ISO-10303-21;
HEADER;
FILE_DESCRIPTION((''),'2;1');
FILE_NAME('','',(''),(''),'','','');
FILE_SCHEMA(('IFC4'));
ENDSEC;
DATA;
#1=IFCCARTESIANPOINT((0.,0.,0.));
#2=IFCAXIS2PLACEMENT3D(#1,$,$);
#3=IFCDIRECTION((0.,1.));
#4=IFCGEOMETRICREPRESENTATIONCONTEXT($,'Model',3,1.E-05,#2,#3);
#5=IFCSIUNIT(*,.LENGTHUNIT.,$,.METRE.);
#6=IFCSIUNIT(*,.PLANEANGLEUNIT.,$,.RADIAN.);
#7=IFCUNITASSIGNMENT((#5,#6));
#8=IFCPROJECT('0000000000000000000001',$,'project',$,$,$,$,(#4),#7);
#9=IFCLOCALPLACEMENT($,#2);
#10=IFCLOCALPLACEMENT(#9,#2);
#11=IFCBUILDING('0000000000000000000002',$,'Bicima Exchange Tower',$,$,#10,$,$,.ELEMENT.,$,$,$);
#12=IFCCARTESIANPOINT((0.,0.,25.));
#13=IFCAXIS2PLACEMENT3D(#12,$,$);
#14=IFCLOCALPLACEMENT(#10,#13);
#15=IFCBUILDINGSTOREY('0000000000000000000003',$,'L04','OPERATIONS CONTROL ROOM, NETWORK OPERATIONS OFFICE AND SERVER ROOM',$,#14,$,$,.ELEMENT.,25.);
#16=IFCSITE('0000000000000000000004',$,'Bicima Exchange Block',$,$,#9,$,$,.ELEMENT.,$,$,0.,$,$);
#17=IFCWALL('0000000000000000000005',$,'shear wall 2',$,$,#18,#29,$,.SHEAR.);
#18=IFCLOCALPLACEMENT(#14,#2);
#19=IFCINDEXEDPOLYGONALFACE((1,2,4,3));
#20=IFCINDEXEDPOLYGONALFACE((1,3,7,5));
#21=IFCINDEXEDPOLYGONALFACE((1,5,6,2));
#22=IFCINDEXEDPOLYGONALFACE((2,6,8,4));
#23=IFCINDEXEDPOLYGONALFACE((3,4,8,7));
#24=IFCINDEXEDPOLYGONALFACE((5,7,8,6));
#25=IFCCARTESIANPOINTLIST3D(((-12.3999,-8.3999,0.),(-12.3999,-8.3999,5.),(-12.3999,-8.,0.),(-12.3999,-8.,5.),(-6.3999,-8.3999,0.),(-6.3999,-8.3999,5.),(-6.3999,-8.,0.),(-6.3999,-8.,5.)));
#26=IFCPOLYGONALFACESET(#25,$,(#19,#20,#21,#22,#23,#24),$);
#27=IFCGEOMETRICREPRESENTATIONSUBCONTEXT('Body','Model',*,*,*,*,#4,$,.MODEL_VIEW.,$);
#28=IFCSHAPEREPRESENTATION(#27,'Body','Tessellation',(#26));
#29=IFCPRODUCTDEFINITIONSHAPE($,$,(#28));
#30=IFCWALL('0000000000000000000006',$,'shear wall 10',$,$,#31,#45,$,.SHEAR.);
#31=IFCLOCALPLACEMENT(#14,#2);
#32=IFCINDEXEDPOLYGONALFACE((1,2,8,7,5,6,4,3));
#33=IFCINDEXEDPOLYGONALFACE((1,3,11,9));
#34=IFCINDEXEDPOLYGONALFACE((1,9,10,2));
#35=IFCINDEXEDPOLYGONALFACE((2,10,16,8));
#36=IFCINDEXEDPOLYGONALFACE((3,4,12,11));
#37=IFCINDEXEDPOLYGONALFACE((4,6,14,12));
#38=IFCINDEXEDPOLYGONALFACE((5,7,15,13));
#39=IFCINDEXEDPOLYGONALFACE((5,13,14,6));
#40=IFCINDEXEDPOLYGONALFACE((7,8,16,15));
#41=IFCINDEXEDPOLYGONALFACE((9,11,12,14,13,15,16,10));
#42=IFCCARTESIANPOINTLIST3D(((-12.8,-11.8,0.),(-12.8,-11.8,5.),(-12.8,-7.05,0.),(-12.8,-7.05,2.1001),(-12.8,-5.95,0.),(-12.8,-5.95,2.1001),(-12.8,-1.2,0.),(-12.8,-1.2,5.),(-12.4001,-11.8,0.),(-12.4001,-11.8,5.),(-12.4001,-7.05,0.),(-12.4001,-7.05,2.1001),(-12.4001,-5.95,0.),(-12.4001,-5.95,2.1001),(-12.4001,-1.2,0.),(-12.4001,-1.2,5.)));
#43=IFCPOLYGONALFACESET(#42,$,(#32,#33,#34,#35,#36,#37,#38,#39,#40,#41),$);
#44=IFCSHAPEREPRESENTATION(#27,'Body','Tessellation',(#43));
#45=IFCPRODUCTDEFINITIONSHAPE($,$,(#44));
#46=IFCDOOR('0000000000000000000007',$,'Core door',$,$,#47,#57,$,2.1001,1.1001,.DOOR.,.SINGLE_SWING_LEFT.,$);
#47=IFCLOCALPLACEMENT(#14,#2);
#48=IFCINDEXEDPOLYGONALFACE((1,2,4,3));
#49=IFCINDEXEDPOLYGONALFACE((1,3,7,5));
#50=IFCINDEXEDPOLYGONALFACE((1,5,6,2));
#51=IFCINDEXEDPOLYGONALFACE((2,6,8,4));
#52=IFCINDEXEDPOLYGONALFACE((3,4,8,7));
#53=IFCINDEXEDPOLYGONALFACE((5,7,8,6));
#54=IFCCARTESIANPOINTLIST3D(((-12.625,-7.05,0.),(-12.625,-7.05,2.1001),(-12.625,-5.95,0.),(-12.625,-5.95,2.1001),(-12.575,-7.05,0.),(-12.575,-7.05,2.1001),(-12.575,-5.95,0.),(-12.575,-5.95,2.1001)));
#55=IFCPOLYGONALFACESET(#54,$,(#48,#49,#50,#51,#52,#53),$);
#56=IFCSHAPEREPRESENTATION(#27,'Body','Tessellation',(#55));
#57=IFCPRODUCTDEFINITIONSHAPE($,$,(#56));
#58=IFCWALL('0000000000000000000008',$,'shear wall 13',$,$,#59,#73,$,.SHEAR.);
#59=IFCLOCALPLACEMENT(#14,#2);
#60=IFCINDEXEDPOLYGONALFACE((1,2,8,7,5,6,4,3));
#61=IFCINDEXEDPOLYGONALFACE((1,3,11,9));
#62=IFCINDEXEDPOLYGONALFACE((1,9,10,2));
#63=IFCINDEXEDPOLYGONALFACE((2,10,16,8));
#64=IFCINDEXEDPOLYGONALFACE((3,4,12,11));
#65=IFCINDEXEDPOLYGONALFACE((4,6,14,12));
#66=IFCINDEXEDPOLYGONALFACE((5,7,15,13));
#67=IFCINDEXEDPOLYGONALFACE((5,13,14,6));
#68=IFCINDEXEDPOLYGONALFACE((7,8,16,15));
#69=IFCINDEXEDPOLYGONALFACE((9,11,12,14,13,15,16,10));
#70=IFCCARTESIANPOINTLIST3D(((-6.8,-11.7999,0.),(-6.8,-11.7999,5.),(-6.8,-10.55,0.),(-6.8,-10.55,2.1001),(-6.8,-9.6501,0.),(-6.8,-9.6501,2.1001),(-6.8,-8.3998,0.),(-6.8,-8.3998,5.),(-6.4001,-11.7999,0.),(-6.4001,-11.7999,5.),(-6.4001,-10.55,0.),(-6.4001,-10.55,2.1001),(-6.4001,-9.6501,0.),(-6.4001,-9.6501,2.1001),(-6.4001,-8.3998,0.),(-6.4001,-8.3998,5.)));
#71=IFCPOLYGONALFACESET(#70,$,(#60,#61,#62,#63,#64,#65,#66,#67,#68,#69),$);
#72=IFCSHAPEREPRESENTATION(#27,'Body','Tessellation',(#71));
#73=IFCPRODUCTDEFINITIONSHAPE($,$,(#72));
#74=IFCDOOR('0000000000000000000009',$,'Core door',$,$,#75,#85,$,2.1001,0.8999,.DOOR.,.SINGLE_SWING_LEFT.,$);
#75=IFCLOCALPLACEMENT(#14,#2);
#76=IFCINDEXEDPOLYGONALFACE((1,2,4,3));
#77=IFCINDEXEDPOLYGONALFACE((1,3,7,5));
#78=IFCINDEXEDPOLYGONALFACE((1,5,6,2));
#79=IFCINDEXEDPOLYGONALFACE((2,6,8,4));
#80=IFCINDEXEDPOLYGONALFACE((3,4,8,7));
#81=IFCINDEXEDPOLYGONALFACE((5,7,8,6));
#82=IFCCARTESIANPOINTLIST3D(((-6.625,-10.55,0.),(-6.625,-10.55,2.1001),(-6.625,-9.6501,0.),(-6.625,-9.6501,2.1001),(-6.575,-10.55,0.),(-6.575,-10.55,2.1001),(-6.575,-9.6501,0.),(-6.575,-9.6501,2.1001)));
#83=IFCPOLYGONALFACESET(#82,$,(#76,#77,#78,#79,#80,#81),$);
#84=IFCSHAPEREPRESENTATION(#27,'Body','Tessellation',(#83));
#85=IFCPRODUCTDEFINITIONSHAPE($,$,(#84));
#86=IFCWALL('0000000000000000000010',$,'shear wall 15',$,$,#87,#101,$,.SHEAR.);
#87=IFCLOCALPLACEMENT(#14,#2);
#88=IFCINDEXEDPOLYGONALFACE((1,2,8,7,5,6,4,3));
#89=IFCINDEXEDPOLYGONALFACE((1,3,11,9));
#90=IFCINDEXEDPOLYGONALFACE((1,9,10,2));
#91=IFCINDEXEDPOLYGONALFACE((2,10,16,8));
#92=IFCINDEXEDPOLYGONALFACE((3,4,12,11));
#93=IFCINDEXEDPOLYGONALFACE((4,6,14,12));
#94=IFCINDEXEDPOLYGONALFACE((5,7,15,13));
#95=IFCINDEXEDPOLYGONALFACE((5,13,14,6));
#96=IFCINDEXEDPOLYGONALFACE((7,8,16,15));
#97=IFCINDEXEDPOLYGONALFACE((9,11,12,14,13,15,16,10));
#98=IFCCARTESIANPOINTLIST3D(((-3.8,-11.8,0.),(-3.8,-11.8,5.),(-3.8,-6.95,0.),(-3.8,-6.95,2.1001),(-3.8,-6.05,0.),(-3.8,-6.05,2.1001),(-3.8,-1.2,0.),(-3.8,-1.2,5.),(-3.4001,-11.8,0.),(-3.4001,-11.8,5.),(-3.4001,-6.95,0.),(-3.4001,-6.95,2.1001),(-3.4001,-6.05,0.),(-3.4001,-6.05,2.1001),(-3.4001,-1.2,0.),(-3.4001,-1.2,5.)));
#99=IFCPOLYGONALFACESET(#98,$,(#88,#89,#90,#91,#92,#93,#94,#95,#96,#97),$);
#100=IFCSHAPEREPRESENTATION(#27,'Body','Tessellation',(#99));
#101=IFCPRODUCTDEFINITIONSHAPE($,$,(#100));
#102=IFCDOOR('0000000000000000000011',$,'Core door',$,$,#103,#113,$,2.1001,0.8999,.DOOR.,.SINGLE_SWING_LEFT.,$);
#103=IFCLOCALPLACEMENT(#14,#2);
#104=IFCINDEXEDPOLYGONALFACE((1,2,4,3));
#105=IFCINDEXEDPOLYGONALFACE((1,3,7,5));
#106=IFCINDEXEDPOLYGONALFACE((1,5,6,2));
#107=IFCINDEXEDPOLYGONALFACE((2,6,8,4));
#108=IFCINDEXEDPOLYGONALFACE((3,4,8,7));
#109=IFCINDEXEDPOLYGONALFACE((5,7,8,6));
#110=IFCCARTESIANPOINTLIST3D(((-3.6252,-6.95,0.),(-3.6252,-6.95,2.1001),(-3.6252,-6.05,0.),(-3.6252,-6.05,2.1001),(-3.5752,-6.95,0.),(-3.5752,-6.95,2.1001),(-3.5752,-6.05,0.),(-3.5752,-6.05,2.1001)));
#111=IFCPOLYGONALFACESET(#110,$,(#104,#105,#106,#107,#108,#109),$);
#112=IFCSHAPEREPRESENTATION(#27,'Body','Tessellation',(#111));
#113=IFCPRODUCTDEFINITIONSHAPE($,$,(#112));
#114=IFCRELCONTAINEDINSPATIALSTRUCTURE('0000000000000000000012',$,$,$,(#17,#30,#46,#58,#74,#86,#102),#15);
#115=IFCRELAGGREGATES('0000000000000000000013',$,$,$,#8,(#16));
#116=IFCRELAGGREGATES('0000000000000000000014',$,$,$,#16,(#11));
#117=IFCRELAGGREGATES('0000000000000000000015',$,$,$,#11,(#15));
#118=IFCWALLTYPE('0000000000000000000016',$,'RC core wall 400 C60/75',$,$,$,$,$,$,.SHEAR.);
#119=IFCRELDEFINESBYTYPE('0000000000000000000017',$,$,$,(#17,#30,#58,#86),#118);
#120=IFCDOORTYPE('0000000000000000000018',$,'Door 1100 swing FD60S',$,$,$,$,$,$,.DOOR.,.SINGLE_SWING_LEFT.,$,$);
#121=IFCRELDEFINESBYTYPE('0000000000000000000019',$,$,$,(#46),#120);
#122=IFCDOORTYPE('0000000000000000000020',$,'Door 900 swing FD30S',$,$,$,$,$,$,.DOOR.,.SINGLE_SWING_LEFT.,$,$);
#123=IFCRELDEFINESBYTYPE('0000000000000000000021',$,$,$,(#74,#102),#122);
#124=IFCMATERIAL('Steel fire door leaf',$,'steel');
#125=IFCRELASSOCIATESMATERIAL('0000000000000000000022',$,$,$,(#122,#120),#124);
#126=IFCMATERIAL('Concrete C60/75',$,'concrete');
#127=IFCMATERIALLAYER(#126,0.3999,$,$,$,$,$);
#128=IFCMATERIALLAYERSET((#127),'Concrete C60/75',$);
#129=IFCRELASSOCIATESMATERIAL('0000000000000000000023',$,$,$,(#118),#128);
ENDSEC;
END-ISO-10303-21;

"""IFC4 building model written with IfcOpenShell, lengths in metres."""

from ifc_helpers import new_model, si_unit, direction, frame, frame_2d, origin, place, context, subcontext, project, spatial, rectangle, extrude, material, layer, layer_set, type_object, element, fill, save


model = new_model("IFC4")

# Units and contexts
model_context = context("Model", 3, precision=1e-05, world=origin(), true_north=direction((0.0, 1.0)))
body_context = subcontext(model_context, "Body", "Model", "MODEL_VIEW")
ifc_project = project(units=[si_unit("LENGTHUNIT", "METRE"), si_unit("PLANEANGLEUNIT", "RADIAN")], contexts=[model_context])

# Site, building, storey
site_placement = place(None, origin())
site = spatial("IfcSite", under=ifc_project, at=site_placement, Name="Bicima Exchange Block", CompositionType="ELEMENT", RefElevation=0.0)
building_placement = place(site_placement, origin())
building = spatial("IfcBuilding", under=site, at=building_placement, Name="Bicima Exchange Tower", CompositionType="ELEMENT")
storey_placement = place(building_placement, frame((0.0, 0.0, 25.0)))
storey = spatial("IfcBuildingStorey", under=building, at=storey_placement, Name="L04", Description="OPERATIONS CONTROL ROOM, NETWORK OPERATIONS OFFICE AND SERVER ROOM", CompositionType="ELEMENT", Elevation=25.0)

# Shared definitions
ifc_material_1 = material(Name="Steel fire door leaf", Category="steel")
door_type_1 = type_object("IfcDoorType", Name="Door 900 swing FD30S", OperationType="SINGLE_SWING_LEFT", PredefinedType="DOOR", material=ifc_material_1)

# Wall
ifc_material_2 = material(Name="Concrete C60/75", Category="concrete")
ifc_layer_1 = layer(ifc_material_2, 0.3999)
ifc_layer_set_1 = layer_set([ifc_layer_1], Name="Concrete C60/75")
wall_type_1 = type_object("IfcWallType", Name="RC core wall 400 C60/75", PredefinedType="SHEAR", material=ifc_layer_set_1)
wall_1_placement = place(storey_placement, frame((-12.3999, -8.2, 0.0), z_axis=(0.0, 0.0, 1.0), x_axis=(1.0, 0.0, 0.0)))
element("IfcWall", 1, at=wall_1_placement, inside=storey, type_object=wall_type_1, Name="shear wall 2", PredefinedType="SHEAR", context=body_context, shape_type="SweptSolid", body=[
    extrude(rectangle(XDim=6.0, YDim=0.3999, at=frame_2d((3.0, 0.0))), origin(), (0.0, 0.0, 1.0), 5.0),
])

# Walls, openings, doors
wall_2_placement = place(storey_placement, frame((-12.6001, -11.8, 0.0), z_axis=(0.0, 0.0, 1.0), x_axis=(0.0, 1.0, 0.0)))
wall_2 = element("IfcWall", 2, at=wall_2_placement, inside=storey, type_object=wall_type_1, Name="shear wall 10", PredefinedType="SHEAR", context=body_context, shape_type="SweptSolid", body=[
    extrude(rectangle(XDim=10.6001, YDim=0.3999, at=frame_2d((5.3, 0.0))), origin(), (0.0, 0.0, 1.0), 5.0),
])
opening_1_placement = place(wall_2_placement, frame((4.75, 0.0, 0.0)))
opening_1 = element("IfcOpeningElement", 3, at=opening_1_placement, cuts=wall_2, PredefinedType="OPENING", context=body_context, shape_type="SweptSolid", body=[
    extrude(rectangle(XDim=1.1001, YDim=2.1001, at=frame_2d((0.55, 1.05))), frame((0.0, 0.2119, 0.0), z_axis=(0.0, -1.0, 0.0), x_axis=(1.0, 0.0, 0.0)), (0.0, 0.0, 1.0), 0.4238),
])
door_type_2 = type_object("IfcDoorType", Name="Door 1100 swing FD60S", OperationType="SINGLE_SWING_LEFT", PredefinedType="DOOR", material=ifc_material_1)
door_1_placement = place(opening_1_placement, origin())
door_1 = element("IfcDoor", 4, at=door_1_placement, inside=storey, type_object=door_type_2, Name="Core door", OperationType="SINGLE_SWING_LEFT", OverallHeight=2.1001, OverallWidth=1.1001, PredefinedType="DOOR", context=body_context, shape_type="SweptSolid", body=[
    extrude(rectangle(XDim=1.1001, YDim=2.1001, at=frame_2d((0.55, 1.05))), frame((0.0, 0.0249, 0.0), z_axis=(0.0, -1.0, 0.0), x_axis=(1.0, 0.0, 0.0)), (0.0, 0.0, 1.0), 0.05),
])
fill(opening_1, door_1)
wall_3_placement = place(storey_placement, frame((-6.6001, -11.8, 0.0), z_axis=(0.0, 0.0, 1.0), x_axis=(0.0, 1.0, 0.0)))
wall_3 = element("IfcWall", 5, at=wall_3_placement, inside=storey, type_object=wall_type_1, Name="shear wall 13", PredefinedType="SHEAR", context=body_context, shape_type="SweptSolid", body=[
    extrude(rectangle(XDim=3.4001, YDim=0.3999, at=frame_2d((1.7002, 0.0))), origin(), (0.0, 0.0, 1.0), 5.0),
])
opening_2_placement = place(wall_3_placement, frame((1.25, 0.0, 0.0)))
opening_2 = element("IfcOpeningElement", 6, at=opening_2_placement, cuts=wall_3, PredefinedType="OPENING", context=body_context, shape_type="SweptSolid", body=[
    extrude(rectangle(XDim=0.8999, YDim=2.1001, at=frame_2d((0.45, 1.05))), frame((0.0, 0.2119, 0.0), z_axis=(0.0, -1.0, 0.0), x_axis=(1.0, 0.0, 0.0)), (0.0, 0.0, 1.0), 0.4238),
])
door_2_placement = place(opening_2_placement, origin())
door_2 = element("IfcDoor", 7, at=door_2_placement, inside=storey, type_object=door_type_1, Name="Core door", OperationType="SINGLE_SWING_LEFT", OverallHeight=2.1001, OverallWidth=0.8999, PredefinedType="DOOR", context=body_context, shape_type="SweptSolid", body=[
    extrude(rectangle(XDim=0.8999, YDim=2.1001, at=frame_2d((0.45, 1.05))), frame((0.0, 0.0249, 0.0), z_axis=(0.0, -1.0, 0.0), x_axis=(1.0, 0.0, 0.0)), (0.0, 0.0, 1.0), 0.05),
])
fill(opening_2, door_2)
wall_4_placement = place(storey_placement, frame((-3.6001, -11.8, 0.0), z_axis=(0.0, 0.0, 1.0), x_axis=(0.0, 1.0, 0.0)))
wall_4 = element("IfcWall", 8, at=wall_4_placement, inside=storey, type_object=wall_type_1, Name="shear wall 15", PredefinedType="SHEAR", context=body_context, shape_type="SweptSolid", body=[
    extrude(rectangle(XDim=10.6001, YDim=0.3999, at=frame_2d((5.3, 0.0))), origin(), (0.0, 0.0, 1.0), 5.0),
])
opening_3_placement = place(wall_4_placement, frame((4.8501, 0.0, 0.0)))
opening_3 = element("IfcOpeningElement", 9, at=opening_3_placement, cuts=wall_4, PredefinedType="OPENING", context=body_context, shape_type="SweptSolid", body=[
    extrude(rectangle(XDim=0.8999, YDim=2.1001, at=frame_2d((0.45, 1.05))), frame((0.0, 0.2119, 0.0), z_axis=(0.0, -1.0, 0.0), x_axis=(1.0, 0.0, 0.0)), (0.0, 0.0, 1.0), 0.4238),
])
door_3_placement = place(opening_3_placement, frame((0.8999, 0.0, 0.0), z_axis=(0.0, 0.0, 1.0), x_axis=(-1.0, 0.0, 0.0)))
door_3 = element("IfcDoor", 10, at=door_3_placement, inside=storey, type_object=door_type_1, Name="Core door", OperationType="SINGLE_SWING_LEFT", OverallHeight=2.1001, OverallWidth=0.8999, PredefinedType="DOOR", context=body_context, shape_type="SweptSolid", body=[
    extrude(rectangle(XDim=0.8999, YDim=2.1001, at=frame_2d((0.45, 1.05))), frame((0.0, 0.0249, 0.0), z_axis=(0.0, -1.0, 0.0), x_axis=(1.0, 0.0, 0.0)), (0.0, 0.0, 1.0), 0.05),
])
fill(opening_3, door_3)

save(model, "model.ifc")
